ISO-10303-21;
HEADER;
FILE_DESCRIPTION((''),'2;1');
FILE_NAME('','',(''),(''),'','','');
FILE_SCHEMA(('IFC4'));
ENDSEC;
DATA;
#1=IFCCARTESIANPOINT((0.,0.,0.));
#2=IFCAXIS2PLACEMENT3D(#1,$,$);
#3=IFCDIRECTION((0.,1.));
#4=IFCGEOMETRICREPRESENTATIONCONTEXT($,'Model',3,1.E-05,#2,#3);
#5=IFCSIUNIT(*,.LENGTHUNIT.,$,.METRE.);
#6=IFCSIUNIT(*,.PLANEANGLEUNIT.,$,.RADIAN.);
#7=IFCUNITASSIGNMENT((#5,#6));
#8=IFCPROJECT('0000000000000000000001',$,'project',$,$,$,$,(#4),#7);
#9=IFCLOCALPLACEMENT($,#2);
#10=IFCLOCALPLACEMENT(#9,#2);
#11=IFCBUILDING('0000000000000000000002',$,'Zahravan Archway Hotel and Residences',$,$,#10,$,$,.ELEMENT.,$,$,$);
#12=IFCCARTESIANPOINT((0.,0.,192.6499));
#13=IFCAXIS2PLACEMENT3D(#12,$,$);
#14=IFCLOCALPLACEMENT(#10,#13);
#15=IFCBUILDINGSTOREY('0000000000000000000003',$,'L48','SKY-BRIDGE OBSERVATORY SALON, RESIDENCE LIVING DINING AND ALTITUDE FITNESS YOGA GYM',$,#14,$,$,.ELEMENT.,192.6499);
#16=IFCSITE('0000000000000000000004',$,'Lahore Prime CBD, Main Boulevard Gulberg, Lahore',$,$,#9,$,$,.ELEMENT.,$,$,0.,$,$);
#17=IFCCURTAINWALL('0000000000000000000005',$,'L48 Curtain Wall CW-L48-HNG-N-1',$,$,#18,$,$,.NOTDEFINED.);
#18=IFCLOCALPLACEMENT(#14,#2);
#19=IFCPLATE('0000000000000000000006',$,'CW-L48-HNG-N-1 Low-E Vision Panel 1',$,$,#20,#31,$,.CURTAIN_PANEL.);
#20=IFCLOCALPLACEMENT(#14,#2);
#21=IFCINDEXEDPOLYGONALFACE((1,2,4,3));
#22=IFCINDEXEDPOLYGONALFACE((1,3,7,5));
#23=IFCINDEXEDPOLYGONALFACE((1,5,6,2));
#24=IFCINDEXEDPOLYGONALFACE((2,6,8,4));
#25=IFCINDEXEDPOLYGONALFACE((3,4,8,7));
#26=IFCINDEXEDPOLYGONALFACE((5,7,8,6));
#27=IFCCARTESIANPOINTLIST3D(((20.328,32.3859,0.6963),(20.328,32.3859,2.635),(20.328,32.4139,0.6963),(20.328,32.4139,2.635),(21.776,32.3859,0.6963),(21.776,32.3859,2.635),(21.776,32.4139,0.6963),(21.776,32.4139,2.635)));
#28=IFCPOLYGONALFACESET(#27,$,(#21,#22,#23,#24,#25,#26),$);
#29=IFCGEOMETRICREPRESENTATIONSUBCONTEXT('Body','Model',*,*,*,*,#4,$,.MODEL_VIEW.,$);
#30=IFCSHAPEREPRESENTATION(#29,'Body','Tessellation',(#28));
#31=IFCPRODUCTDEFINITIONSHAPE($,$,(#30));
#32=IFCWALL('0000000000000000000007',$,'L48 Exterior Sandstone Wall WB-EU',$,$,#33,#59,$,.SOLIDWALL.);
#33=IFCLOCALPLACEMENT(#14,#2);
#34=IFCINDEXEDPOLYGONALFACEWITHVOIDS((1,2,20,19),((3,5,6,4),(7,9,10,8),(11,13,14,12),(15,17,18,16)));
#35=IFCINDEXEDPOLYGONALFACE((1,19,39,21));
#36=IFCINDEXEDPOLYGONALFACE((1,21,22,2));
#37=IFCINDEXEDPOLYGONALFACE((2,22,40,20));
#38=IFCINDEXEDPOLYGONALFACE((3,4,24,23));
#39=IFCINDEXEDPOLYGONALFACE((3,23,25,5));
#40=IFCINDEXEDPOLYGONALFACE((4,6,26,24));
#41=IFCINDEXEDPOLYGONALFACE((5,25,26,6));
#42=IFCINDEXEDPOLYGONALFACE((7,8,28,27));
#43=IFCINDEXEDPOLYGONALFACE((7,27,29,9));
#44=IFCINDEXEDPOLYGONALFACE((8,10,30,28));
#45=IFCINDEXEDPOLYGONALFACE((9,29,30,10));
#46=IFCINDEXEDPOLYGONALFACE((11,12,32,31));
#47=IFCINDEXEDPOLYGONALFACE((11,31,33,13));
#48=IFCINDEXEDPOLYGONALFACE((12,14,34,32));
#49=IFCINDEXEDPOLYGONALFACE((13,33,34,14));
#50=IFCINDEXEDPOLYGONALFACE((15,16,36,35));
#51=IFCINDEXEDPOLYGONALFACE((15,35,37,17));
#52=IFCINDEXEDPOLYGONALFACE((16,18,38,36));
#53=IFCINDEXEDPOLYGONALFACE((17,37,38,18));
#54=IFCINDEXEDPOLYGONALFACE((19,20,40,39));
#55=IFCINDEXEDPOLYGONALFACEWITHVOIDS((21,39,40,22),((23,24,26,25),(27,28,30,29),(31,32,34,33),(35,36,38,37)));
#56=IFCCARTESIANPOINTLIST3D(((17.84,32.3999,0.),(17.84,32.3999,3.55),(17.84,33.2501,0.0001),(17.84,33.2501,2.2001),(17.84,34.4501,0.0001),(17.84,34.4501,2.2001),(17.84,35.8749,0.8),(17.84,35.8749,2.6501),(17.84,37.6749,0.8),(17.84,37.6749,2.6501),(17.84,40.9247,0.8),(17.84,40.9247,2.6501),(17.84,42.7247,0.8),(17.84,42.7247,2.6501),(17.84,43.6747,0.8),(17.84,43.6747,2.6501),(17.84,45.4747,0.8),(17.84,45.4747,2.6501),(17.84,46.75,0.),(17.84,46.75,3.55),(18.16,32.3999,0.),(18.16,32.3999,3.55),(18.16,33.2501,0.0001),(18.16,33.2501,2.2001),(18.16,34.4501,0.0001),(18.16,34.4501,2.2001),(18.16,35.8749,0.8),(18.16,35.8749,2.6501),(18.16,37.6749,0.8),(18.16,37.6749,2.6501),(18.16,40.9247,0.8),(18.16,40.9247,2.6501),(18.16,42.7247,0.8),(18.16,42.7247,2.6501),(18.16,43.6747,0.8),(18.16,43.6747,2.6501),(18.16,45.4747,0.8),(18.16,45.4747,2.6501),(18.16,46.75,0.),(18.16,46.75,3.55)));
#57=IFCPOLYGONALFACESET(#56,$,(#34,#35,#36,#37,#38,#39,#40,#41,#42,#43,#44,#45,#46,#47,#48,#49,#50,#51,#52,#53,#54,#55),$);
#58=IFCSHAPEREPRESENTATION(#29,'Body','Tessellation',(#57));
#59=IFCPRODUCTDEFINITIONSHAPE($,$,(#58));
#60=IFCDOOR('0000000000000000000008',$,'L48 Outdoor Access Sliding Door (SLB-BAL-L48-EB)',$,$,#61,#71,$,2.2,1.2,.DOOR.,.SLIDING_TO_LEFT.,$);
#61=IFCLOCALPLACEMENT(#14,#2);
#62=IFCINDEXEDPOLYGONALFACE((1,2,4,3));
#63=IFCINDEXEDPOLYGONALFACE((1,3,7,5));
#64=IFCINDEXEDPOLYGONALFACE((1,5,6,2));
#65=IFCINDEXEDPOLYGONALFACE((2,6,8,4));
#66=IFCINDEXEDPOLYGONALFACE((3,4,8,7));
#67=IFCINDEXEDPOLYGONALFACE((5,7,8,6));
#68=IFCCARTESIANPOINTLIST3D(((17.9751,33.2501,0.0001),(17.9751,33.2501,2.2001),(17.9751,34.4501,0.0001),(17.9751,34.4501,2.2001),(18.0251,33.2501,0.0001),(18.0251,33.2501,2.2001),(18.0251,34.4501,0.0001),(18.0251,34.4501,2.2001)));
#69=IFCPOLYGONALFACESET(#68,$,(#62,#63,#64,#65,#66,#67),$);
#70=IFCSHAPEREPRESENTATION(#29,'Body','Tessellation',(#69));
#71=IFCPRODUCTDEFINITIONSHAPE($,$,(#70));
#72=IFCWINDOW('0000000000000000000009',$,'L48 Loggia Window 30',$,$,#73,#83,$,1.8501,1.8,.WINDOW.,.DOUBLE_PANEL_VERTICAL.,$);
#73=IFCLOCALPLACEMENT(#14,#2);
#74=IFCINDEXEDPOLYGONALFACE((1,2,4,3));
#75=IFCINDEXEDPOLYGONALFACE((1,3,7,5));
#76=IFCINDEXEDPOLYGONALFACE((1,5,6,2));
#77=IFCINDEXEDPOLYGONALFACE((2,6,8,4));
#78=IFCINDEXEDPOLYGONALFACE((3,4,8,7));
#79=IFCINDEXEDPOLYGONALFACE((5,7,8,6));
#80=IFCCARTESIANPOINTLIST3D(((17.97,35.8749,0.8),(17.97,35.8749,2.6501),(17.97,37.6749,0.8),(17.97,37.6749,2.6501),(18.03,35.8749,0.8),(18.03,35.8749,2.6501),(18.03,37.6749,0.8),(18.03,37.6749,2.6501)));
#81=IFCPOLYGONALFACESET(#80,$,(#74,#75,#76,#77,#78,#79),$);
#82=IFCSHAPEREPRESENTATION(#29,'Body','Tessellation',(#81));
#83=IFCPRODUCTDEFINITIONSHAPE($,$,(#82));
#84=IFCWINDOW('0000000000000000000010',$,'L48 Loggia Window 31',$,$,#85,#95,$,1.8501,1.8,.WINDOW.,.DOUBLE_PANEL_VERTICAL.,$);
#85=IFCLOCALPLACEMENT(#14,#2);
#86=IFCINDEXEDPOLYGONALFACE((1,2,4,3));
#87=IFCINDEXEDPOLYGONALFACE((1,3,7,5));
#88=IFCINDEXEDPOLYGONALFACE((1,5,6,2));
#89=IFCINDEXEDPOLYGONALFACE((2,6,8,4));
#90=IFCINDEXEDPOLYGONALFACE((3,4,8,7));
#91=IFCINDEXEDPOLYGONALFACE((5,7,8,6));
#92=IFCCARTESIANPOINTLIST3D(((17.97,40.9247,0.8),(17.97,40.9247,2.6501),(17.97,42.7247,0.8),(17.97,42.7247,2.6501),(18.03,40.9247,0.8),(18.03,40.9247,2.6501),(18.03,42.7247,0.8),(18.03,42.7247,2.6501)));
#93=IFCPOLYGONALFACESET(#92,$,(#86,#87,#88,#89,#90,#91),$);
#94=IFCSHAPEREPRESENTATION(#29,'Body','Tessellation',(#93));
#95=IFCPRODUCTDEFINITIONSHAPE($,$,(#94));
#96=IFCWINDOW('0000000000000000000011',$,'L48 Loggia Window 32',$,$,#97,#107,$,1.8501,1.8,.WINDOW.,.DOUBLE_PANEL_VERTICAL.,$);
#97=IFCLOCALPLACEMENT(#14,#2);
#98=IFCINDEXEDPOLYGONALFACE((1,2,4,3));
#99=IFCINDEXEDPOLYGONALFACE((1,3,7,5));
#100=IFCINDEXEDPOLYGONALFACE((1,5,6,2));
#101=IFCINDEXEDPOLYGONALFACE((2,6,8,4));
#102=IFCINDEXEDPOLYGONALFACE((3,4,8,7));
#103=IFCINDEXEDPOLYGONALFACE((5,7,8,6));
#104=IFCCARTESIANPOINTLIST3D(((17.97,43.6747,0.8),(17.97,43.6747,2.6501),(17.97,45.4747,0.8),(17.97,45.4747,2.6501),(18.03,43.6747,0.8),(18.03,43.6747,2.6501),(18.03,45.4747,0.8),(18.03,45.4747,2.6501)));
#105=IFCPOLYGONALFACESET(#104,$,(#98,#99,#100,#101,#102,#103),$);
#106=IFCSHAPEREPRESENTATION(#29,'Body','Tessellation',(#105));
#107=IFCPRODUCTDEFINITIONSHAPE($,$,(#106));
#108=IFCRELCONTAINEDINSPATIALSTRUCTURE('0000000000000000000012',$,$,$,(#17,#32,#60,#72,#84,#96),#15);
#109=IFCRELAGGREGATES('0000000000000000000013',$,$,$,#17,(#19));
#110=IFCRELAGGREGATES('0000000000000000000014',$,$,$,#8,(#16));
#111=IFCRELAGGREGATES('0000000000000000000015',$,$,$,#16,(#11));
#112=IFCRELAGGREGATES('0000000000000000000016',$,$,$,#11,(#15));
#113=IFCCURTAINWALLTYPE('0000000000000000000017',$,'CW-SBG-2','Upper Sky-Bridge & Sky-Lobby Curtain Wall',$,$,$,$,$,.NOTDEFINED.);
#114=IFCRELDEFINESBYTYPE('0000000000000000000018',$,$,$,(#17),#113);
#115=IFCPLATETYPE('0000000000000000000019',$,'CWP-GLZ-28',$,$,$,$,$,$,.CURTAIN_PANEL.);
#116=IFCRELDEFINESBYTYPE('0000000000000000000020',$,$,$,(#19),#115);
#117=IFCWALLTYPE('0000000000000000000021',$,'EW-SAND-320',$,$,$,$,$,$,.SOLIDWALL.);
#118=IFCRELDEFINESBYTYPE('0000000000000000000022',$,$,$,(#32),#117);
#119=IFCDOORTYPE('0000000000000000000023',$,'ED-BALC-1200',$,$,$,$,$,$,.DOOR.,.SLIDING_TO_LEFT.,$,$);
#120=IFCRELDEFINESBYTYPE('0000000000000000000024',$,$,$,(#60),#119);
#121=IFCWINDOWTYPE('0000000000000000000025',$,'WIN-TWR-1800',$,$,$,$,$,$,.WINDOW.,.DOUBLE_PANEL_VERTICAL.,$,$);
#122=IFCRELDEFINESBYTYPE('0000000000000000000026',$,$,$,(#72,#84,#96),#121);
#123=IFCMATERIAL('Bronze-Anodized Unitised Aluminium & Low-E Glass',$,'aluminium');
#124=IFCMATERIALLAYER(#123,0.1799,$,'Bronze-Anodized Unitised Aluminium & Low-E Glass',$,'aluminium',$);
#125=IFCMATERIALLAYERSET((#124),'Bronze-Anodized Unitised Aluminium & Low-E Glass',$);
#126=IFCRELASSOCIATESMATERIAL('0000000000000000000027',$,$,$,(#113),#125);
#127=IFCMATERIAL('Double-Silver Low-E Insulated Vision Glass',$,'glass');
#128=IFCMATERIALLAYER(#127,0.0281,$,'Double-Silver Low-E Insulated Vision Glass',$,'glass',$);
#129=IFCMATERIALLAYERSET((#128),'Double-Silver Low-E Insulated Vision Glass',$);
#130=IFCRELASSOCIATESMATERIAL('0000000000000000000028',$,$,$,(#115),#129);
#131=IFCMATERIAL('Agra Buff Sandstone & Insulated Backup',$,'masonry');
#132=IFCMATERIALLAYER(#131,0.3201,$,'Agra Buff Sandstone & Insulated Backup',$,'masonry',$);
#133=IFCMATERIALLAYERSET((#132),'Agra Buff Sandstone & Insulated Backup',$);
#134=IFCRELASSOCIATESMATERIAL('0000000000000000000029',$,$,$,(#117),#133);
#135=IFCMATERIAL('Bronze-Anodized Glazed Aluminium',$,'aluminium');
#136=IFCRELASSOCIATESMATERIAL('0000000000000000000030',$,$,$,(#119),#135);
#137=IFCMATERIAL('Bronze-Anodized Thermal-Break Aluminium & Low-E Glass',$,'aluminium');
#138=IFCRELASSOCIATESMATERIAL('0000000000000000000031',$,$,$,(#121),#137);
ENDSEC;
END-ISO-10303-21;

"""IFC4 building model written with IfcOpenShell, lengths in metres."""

from ifc_helpers import new_model, si_unit, direction, frame, frame_2d, origin, origin_2d, place, context, subcontext, project, spatial, rectangle, extrude, source, transform, mapped, material, layer, layer_set, type_object, type_shapes, element, fill, aggregate, save


model = new_model("IFC4")

# Units and contexts
model_context = context("Model", 3, precision=1e-05, world=origin(), true_north=direction((0.0, 1.0)))
body_context = subcontext(model_context, "Body", "Model", "MODEL_VIEW")
ifc_project = project(units=[si_unit("LENGTHUNIT", "METRE"), si_unit("PLANEANGLEUNIT", "RADIAN")], contexts=[model_context])

# Site, building, storey
site_placement = place(None, origin())
site = spatial("IfcSite", under=ifc_project, at=site_placement, Name="Lahore Prime CBD, Main Boulevard Gulberg, Lahore", CompositionType="ELEMENT", RefElevation=0.0)
building_placement = place(site_placement, origin())
building = spatial("IfcBuilding", under=site, at=building_placement, Name="Zahravan Archway Hotel and Residences", CompositionType="ELEMENT")
storey_placement = place(building_placement, frame((0.0, 0.0, 192.6499)))
storey = spatial("IfcBuildingStorey", under=building, at=storey_placement, Name="L48", Description="SKY-BRIDGE OBSERVATORY SALON, RESIDENCE LIVING DINING AND ALTITUDE FITNESS YOGA GYM", CompositionType="ELEMENT", Elevation=192.6499)

# Curtain wall, plate
ifc_material_1 = material(Name="Bronze-Anodized Unitised Aluminium & Low-E Glass", Category="aluminium")
ifc_layer_1 = layer(ifc_material_1, 0.1799, Name="Bronze-Anodized Unitised Aluminium & Low-E Glass", Category="aluminium")
ifc_layer_set_1 = layer_set([ifc_layer_1], Name="Bronze-Anodized Unitised Aluminium & Low-E Glass")
curtain_wall_type = type_object("IfcCurtainWallType", Name="CW-SBG-2", Description="Upper Sky-Bridge & Sky-Lobby Curtain Wall", PredefinedType="NOTDEFINED", material=ifc_layer_set_1)
curtain_wall_placement = place(storey_placement, origin())
curtain_wall = element("IfcCurtainWall", 1, at=curtain_wall_placement, inside=storey, type_object=curtain_wall_type, Name="L48 Curtain Wall CW-L48-HNG-N-1", PredefinedType="NOTDEFINED")
ifc_material_2 = material(Name="Double-Silver Low-E Insulated Vision Glass", Category="glass")
ifc_layer_2 = layer(ifc_material_2, 0.0281, Name="Double-Silver Low-E Insulated Vision Glass", Category="glass")
ifc_layer_set_2 = layer_set([ifc_layer_2], Name="Double-Silver Low-E Insulated Vision Glass")
plate_type_1 = type_object("IfcPlateType", Name="CWP-GLZ-28", PredefinedType="CURTAIN_PANEL", material=ifc_layer_set_2)
shared_shape_1 = source(origin(), body_context, "Body", "SweptSolid", [
    extrude(rectangle(XDim=1.448, YDim=0.0281, at=origin_2d()), origin(), (0.0, 0.0, 1.0), 1.9387),
])
plate_1_placement = place(storey_placement, frame((21.052, 32.3999, 0.6963), z_axis=(0.0, 0.0, 1.0), x_axis=(1.0, 0.0, 0.0)))
plate_1 = element("IfcPlate", 2, at=plate_1_placement, type_object=plate_type_1, Name="CW-L48-HNG-N-1 Low-E Vision Panel 1", PredefinedType="CURTAIN_PANEL", context=body_context, shape_type="MappedRepresentation", body=[
    mapped(shared_shape_1, transform((0.0, 0.0, 0.0), scale=1.0)),
])
aggregate(curtain_wall, [plate_1])

# Wall, openings, door, windows
ifc_material_3 = material(Name="Agra Buff Sandstone & Insulated Backup", Category="masonry")
ifc_layer_3 = layer(ifc_material_3, 0.3201, Name="Agra Buff Sandstone & Insulated Backup", Category="masonry")
ifc_layer_set_3 = layer_set([ifc_layer_3], Name="Agra Buff Sandstone & Insulated Backup")
wall_type_1 = type_object("IfcWallType", Name="EW-SAND-320", PredefinedType="SOLIDWALL", material=ifc_layer_set_3)
wall_1_placement = place(storey_placement, frame((18.0, 32.3999, 0.0), z_axis=(0.0, 0.0, 1.0), x_axis=(0.0, 1.0, 0.0)))
wall_1 = element("IfcWall", 3, at=wall_1_placement, inside=storey, type_object=wall_type_1, Name="L48 Exterior Sandstone Wall WB-EU", PredefinedType="SOLIDWALL", context=body_context, shape_type="SweptSolid", body=[
    extrude(rectangle(XDim=14.3501, YDim=0.3201, at=frame_2d((7.175, 0.0))), origin(), (0.0, 0.0, 1.0), 3.55),
])
opening_1_placement = place(wall_1_placement, frame((0.8501, 0.0, 0.0)))
opening_1 = element("IfcOpeningElement", 4, at=opening_1_placement, cuts=wall_1, PredefinedType="OPENING", context=body_context, shape_type="SweptSolid", body=[
    extrude(rectangle(XDim=1.2, YDim=2.2, at=frame_2d((0.6001, 1.1001))), frame((0.0, 0.1699, 0.0), z_axis=(0.0, -1.0, 0.0), x_axis=(1.0, 0.0, 0.0)), (0.0, 0.0, 1.0), 0.3401),
])
opening_2_placement = place(wall_1_placement, frame((3.4751, 0.0, 0.8)))
opening_2 = element("IfcOpeningElement", 5, at=opening_2_placement, cuts=wall_1, PredefinedType="OPENING", context=body_context, shape_type="SweptSolid", body=[
    extrude(rectangle(XDim=1.8, YDim=1.8501, at=frame_2d((0.8999, 0.925))), frame((0.0, 0.1699, 0.0), z_axis=(0.0, -1.0, 0.0), x_axis=(1.0, 0.0, 0.0)), (0.0, 0.0, 1.0), 0.3401),
])
opening_3_placement = place(wall_1_placement, frame((8.5249, 0.0, 0.8)))
opening_3 = element("IfcOpeningElement", 6, at=opening_3_placement, cuts=wall_1, PredefinedType="OPENING", context=body_context, shape_type="SweptSolid", body=[
    extrude(rectangle(XDim=1.8, YDim=1.8501, at=frame_2d((0.8999, 0.925))), frame((0.0, 0.1699, 0.0), z_axis=(0.0, -1.0, 0.0), x_axis=(1.0, 0.0, 0.0)), (0.0, 0.0, 1.0), 0.3401),
])
opening_4_placement = place(wall_1_placement, frame((11.2749, 0.0, 0.8)))
opening_4 = element("IfcOpeningElement", 7, at=opening_4_placement, cuts=wall_1, PredefinedType="OPENING", context=body_context, shape_type="SweptSolid", body=[
    extrude(rectangle(XDim=1.8, YDim=1.8501, at=frame_2d((0.8999, 0.925))), frame((0.0, 0.1699, 0.0), z_axis=(0.0, -1.0, 0.0), x_axis=(1.0, 0.0, 0.0)), (0.0, 0.0, 1.0), 0.3401),
])
ifc_material_4 = material(Name="Bronze-Anodized Glazed Aluminium", Category="aluminium")
door_type_1 = type_object("IfcDoorType", Name="ED-BALC-1200", OperationType="SLIDING_TO_LEFT", PredefinedType="DOOR", material=ifc_material_4)
shared_shape_2 = source(origin(), body_context, "Body", "SweptSolid", [
    extrude(rectangle(XDim=1.2, YDim=2.2, at=frame_2d((0.6001, 1.1001))), frame((0.0, 0.0249, 0.0), z_axis=(0.0, -1.0, 0.0), x_axis=(1.0, 0.0, 0.0)), (0.0, 0.0, 1.0), 0.05),
])
type_shapes(door_type_1, [shared_shape_2])
door_1_placement = place(opening_1_placement, origin())
door_1 = element("IfcDoor", 8, at=door_1_placement, inside=storey, type_object=door_type_1, Name="L48 Outdoor Access Sliding Door (SLB-BAL-L48-EB)", OperationType="SLIDING_TO_LEFT", OverallHeight=2.2, OverallWidth=1.2, PredefinedType="DOOR", context=body_context, shape_type="MappedRepresentation", body=[
    mapped(shared_shape_2, transform((0.0, 0.0, 0.0), scale=1.0)),
])
fill(opening_1, door_1)
ifc_material_5 = material(Name="Bronze-Anodized Thermal-Break Aluminium & Low-E Glass", Category="aluminium")
window_type = type_object("IfcWindowType", Name="WIN-TWR-1800", PartitioningType="DOUBLE_PANEL_VERTICAL", PredefinedType="WINDOW", material=ifc_material_5)
shared_shape_3 = source(origin(), body_context, "Body", "SweptSolid", [
    extrude(rectangle(XDim=1.8, YDim=1.8501, at=frame_2d((0.8999, 0.925))), frame((0.0, 0.03, 0.0), z_axis=(0.0, -1.0, 0.0), x_axis=(1.0, 0.0, 0.0)), (0.0, 0.0, 1.0), 0.0601),
])
type_shapes(window_type, [shared_shape_3])
window_1_placement = place(opening_2_placement, origin())
window_1 = element("IfcWindow", 9, at=window_1_placement, inside=storey, type_object=window_type, Name="L48 Loggia Window 30", OverallHeight=1.8501, OverallWidth=1.8, PartitioningType="DOUBLE_PANEL_VERTICAL", PredefinedType="WINDOW", context=body_context, shape_type="MappedRepresentation", body=[
    mapped(shared_shape_3, transform((0.0, 0.0, 0.0), scale=1.0)),
])
fill(opening_2, window_1)
window_2_placement = place(opening_3_placement, origin())
window_2 = element("IfcWindow", 10, at=window_2_placement, inside=storey, type_object=window_type, Name="L48 Loggia Window 31", OverallHeight=1.8501, OverallWidth=1.8, PartitioningType="DOUBLE_PANEL_VERTICAL", PredefinedType="WINDOW", context=body_context, shape_type="MappedRepresentation", body=[
    mapped(shared_shape_3, transform((0.0, 0.0, 0.0), scale=1.0)),
])
fill(opening_3, window_2)
window_3_placement = place(opening_4_placement, origin())
window_3 = element("IfcWindow", 11, at=window_3_placement, inside=storey, type_object=window_type, Name="L48 Loggia Window 32", OverallHeight=1.8501, OverallWidth=1.8, PartitioningType="DOUBLE_PANEL_VERTICAL", PredefinedType="WINDOW", context=body_context, shape_type="MappedRepresentation", body=[
    mapped(shared_shape_3, transform((0.0, 0.0, 0.0), scale=1.0)),
])
fill(opening_4, window_3)

save(model, "model.ifc")
